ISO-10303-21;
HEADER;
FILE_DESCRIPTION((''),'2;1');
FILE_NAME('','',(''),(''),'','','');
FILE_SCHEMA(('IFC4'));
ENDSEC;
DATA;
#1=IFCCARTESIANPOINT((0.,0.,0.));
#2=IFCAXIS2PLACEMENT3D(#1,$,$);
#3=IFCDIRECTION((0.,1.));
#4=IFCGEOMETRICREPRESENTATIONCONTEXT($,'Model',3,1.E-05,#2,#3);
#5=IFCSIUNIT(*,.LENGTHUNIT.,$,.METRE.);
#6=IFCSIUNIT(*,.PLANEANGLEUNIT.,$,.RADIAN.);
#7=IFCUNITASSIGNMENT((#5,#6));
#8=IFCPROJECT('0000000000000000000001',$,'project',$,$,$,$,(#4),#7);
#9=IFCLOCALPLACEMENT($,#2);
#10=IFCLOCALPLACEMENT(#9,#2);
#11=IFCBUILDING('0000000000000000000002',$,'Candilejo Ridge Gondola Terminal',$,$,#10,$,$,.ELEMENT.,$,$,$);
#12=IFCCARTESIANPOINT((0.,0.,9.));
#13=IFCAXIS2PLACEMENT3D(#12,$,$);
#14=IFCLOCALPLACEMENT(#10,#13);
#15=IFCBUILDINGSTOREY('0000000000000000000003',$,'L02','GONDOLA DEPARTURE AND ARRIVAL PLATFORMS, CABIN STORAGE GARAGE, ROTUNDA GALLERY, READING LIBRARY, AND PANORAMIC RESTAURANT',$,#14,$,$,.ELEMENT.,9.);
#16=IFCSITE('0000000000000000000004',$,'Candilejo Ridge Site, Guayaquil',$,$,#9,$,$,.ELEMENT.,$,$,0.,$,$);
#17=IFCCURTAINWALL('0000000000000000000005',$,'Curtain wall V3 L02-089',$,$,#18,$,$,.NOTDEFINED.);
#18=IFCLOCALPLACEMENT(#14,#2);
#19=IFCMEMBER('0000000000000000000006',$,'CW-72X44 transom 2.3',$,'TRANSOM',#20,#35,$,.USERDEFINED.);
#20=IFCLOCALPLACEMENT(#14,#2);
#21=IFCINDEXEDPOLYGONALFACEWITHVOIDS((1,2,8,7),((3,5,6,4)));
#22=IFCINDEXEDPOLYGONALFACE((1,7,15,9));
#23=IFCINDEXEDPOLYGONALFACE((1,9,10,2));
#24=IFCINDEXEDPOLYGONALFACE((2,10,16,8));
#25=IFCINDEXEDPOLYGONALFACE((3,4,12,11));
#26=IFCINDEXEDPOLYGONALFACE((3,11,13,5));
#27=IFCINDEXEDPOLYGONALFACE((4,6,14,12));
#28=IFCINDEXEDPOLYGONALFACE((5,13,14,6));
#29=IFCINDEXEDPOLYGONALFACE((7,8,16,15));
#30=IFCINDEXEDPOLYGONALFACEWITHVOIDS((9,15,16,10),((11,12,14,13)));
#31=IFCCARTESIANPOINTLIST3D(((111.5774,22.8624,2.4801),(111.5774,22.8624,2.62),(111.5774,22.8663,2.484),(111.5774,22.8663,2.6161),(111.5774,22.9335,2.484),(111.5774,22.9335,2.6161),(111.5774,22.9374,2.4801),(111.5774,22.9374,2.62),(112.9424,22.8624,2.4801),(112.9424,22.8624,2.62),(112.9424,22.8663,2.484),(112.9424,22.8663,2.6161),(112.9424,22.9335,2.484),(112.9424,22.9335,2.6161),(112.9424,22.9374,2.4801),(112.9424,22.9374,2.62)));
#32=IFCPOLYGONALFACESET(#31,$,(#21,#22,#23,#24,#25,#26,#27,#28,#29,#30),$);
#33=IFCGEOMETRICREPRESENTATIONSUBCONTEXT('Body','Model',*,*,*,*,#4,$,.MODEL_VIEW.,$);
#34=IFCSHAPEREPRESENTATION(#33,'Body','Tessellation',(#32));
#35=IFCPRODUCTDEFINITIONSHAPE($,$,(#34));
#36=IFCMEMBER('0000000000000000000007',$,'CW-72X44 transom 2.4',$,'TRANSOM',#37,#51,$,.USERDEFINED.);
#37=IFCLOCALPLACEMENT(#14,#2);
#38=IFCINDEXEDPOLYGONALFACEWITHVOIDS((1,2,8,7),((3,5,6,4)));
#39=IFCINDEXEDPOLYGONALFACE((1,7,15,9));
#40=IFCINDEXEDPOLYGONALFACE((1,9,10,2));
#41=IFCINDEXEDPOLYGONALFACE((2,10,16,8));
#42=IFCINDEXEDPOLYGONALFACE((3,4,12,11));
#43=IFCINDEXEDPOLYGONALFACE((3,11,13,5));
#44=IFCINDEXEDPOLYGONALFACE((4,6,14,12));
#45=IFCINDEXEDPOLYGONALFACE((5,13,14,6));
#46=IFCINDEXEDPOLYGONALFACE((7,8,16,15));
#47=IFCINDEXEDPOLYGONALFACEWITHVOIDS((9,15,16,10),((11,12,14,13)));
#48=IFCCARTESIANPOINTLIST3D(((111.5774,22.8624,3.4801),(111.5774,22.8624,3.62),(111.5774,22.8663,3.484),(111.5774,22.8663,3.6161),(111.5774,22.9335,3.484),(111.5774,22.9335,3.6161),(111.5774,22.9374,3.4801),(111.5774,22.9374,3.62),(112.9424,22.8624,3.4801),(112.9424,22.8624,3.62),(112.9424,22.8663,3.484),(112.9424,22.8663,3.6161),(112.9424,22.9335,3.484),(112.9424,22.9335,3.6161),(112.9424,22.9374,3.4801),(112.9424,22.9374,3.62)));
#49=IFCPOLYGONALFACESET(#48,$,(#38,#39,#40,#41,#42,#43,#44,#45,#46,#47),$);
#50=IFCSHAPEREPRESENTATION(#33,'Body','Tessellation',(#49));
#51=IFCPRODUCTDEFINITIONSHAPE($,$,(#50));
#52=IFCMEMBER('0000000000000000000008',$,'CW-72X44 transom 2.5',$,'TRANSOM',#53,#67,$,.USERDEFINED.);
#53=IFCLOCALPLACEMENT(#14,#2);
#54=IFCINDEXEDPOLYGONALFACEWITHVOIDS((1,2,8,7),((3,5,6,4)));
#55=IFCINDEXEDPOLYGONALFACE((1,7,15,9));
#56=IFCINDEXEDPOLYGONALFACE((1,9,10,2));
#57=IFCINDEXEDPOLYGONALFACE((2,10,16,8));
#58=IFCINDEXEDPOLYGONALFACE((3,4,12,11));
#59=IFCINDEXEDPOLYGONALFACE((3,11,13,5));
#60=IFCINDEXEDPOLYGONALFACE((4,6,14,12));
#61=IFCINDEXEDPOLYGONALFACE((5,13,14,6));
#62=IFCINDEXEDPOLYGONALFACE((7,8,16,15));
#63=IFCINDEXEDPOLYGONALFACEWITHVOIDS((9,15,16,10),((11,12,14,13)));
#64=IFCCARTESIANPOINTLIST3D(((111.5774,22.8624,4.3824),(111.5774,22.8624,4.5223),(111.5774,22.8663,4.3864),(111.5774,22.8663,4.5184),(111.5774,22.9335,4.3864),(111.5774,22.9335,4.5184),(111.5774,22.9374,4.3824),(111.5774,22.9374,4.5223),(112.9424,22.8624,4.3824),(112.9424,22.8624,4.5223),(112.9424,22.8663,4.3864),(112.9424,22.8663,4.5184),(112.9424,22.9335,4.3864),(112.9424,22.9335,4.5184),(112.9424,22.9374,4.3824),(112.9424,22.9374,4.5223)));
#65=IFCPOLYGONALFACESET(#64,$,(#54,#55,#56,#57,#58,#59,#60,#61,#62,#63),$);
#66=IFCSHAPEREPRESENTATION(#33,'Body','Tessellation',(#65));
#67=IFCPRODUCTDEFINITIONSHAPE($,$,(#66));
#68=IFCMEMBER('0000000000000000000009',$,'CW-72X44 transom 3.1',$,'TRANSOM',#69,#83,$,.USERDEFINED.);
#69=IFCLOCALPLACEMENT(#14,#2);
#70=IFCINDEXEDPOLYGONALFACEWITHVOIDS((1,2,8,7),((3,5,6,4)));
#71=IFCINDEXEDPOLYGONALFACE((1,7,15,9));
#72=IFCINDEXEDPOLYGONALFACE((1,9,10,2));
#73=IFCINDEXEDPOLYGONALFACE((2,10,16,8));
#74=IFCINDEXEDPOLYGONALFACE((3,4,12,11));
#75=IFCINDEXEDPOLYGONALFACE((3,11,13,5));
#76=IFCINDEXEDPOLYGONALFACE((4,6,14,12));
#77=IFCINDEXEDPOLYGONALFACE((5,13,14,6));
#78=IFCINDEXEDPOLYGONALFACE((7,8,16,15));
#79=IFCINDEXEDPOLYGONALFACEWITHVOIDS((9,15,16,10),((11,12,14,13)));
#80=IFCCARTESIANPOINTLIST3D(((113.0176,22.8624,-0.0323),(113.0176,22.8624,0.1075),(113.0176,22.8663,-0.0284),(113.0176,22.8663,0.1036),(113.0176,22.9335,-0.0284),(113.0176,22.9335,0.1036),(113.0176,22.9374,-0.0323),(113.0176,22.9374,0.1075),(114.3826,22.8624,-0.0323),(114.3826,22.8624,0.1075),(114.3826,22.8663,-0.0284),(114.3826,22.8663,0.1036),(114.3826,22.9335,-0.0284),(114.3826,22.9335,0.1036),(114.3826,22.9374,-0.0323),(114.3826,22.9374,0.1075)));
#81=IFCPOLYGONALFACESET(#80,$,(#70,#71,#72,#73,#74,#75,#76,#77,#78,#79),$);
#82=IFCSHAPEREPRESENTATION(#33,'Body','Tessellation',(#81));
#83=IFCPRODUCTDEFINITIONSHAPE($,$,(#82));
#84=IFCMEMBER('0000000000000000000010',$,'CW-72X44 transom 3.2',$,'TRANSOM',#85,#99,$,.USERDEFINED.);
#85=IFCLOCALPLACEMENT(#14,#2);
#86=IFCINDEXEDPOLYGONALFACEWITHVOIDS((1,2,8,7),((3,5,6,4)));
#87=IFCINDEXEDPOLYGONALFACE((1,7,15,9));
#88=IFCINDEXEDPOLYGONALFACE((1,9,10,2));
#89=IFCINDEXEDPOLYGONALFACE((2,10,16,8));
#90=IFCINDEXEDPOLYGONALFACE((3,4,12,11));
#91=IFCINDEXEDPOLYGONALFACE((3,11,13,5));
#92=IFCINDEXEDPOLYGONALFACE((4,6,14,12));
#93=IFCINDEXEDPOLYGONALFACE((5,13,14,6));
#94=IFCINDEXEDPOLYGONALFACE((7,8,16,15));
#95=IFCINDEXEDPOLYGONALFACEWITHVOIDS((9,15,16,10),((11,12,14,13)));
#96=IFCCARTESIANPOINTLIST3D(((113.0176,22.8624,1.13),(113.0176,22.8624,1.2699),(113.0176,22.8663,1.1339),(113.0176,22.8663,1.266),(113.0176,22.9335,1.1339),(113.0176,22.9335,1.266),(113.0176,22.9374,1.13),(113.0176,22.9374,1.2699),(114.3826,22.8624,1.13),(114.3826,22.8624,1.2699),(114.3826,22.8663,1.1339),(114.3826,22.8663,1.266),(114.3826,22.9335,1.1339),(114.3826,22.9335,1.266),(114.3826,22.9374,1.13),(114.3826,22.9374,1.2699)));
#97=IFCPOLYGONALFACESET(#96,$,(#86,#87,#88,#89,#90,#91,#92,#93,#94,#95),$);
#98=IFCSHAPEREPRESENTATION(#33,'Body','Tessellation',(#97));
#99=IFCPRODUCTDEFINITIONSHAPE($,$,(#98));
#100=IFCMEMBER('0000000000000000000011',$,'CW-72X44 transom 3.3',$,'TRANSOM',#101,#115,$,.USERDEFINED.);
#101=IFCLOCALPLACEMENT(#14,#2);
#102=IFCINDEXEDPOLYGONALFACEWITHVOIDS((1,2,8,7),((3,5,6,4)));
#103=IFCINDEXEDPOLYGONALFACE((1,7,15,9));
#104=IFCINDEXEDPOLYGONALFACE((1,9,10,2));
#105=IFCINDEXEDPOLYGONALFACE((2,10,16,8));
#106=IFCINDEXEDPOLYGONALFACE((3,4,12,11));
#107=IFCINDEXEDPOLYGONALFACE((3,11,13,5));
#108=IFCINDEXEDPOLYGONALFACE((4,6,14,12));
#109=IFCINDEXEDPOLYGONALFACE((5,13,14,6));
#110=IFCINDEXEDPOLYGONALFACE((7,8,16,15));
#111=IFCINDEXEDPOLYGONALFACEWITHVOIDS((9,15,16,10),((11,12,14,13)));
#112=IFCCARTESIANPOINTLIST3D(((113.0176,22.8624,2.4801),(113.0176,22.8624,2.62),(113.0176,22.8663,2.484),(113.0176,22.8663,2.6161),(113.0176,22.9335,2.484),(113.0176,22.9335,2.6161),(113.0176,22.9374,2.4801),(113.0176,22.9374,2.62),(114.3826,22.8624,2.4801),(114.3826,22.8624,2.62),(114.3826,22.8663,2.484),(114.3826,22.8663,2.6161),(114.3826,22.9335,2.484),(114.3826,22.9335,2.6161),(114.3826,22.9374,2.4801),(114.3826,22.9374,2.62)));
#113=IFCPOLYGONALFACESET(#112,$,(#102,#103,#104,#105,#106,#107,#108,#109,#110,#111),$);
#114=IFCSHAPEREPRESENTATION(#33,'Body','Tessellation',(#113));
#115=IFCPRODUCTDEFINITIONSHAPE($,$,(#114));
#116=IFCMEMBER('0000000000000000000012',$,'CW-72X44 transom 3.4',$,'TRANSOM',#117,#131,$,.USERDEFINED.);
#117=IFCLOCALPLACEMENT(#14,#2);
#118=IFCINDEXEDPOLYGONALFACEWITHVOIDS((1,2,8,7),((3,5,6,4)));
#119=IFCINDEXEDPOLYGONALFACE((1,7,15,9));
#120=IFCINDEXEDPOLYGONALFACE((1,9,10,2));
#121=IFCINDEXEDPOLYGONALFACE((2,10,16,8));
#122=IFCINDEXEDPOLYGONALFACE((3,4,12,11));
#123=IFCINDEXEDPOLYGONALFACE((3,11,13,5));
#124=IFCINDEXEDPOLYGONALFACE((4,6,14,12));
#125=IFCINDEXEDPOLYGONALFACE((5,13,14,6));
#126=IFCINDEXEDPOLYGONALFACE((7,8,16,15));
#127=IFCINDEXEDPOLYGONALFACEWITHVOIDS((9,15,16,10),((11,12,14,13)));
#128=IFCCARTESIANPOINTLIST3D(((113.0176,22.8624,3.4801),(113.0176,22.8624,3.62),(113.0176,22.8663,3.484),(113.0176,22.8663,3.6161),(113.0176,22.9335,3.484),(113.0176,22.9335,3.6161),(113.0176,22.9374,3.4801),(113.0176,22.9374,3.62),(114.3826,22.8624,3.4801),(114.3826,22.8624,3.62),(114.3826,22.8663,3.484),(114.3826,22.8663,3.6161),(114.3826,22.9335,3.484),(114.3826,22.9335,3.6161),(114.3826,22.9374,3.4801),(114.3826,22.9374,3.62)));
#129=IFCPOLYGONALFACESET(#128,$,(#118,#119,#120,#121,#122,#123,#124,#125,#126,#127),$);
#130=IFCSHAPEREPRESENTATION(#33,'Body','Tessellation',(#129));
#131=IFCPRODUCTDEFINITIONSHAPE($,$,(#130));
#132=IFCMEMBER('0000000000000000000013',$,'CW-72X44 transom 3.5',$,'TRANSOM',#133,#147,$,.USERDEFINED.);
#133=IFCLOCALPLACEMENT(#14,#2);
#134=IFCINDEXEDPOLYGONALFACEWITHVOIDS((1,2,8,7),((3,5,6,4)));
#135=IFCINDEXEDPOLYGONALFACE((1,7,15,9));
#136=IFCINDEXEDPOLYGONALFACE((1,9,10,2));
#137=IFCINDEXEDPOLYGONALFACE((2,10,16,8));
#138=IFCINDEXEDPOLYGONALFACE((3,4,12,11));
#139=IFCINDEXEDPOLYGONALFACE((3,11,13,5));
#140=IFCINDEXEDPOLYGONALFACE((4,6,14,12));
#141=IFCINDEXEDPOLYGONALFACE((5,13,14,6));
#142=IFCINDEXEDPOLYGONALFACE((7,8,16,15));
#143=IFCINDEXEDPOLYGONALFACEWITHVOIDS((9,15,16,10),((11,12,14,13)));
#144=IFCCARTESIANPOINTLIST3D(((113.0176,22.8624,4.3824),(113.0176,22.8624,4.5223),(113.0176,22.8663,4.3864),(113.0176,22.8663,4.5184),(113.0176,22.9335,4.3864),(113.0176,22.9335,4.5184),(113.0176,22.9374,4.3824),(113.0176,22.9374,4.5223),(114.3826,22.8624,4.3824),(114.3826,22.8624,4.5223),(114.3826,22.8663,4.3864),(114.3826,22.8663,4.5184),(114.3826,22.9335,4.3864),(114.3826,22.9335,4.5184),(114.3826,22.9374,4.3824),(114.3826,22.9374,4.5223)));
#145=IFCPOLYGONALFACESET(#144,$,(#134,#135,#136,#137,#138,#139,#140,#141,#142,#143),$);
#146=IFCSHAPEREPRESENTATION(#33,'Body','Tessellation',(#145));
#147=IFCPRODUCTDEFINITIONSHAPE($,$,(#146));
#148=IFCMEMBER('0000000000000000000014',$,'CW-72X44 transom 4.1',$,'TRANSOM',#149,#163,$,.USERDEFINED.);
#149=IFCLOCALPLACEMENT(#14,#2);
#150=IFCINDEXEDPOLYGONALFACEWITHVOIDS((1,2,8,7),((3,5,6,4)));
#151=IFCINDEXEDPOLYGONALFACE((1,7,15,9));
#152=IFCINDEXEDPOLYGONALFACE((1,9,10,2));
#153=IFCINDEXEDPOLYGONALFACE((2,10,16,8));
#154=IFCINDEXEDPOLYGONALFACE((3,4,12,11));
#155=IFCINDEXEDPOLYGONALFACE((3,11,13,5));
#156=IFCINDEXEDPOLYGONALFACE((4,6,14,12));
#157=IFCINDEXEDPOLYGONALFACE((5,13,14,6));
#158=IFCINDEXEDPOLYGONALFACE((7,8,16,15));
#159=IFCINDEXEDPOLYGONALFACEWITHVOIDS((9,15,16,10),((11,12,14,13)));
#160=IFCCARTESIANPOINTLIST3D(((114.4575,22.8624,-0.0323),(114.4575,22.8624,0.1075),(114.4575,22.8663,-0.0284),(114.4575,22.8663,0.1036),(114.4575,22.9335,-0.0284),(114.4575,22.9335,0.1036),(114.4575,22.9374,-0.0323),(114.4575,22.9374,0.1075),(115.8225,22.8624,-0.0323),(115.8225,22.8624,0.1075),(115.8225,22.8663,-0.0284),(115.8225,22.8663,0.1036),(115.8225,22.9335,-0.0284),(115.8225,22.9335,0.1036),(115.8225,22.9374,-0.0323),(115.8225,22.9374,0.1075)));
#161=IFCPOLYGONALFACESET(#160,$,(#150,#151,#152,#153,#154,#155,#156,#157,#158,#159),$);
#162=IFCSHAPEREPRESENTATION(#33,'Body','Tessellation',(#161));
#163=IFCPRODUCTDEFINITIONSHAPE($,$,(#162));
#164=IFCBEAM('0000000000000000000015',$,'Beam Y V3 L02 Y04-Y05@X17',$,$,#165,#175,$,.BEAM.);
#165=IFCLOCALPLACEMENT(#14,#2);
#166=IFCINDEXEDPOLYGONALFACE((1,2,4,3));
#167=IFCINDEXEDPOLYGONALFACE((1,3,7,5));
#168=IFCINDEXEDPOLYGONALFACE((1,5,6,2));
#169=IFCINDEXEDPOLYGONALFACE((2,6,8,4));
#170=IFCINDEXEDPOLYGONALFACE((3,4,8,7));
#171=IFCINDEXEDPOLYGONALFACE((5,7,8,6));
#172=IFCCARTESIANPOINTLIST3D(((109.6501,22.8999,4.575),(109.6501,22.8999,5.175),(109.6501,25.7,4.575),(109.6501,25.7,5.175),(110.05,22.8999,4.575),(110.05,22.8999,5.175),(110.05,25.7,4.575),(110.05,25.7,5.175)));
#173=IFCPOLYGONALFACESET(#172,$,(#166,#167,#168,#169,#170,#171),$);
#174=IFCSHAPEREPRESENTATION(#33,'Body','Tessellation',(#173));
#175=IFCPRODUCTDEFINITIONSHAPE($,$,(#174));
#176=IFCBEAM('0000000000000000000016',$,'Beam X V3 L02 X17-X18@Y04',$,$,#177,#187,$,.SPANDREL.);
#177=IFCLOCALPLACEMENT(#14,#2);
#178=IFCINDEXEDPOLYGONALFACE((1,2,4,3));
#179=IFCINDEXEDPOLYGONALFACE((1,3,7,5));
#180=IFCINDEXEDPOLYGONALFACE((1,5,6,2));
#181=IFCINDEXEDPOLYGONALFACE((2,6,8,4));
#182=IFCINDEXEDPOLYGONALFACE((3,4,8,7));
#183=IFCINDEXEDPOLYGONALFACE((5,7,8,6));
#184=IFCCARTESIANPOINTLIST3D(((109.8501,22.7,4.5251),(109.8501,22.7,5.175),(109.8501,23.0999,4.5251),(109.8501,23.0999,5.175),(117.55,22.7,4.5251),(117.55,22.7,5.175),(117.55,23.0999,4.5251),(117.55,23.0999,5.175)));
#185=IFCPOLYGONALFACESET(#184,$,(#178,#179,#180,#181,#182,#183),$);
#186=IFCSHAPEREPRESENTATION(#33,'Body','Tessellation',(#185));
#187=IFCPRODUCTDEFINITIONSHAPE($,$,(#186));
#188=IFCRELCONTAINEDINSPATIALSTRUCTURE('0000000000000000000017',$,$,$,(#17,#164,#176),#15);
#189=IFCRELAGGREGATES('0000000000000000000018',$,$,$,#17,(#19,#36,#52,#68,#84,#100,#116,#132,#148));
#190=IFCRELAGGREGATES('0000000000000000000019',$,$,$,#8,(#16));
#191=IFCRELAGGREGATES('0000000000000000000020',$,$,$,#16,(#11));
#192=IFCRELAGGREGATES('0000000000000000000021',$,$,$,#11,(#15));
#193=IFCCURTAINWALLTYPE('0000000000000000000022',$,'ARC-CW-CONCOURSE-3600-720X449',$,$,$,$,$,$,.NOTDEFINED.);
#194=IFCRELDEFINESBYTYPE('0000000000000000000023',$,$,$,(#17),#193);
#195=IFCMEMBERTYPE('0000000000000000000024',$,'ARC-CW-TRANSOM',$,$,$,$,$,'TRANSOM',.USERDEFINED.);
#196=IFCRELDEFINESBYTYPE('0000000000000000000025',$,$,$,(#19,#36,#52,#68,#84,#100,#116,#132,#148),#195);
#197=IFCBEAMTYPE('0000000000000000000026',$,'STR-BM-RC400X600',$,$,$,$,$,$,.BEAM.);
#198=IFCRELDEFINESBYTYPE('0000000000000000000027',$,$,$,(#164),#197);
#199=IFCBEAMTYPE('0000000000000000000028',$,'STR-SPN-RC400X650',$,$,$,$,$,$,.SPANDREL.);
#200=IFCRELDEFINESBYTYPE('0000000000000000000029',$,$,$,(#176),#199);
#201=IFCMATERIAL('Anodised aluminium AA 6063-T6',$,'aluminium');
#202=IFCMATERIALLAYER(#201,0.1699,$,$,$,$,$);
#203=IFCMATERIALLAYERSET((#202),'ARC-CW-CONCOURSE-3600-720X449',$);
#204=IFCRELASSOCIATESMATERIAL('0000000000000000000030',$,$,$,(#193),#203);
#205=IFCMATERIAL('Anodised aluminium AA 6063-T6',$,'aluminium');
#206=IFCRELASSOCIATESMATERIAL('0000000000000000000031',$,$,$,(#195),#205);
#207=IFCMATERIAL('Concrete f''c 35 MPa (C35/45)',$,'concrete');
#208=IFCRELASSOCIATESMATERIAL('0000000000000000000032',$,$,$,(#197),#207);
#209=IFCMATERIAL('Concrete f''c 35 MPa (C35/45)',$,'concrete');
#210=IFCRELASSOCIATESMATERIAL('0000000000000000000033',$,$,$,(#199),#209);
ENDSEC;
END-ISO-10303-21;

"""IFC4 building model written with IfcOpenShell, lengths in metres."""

from ifc_helpers import new_model, si_unit, direction, frame, origin, origin_2d, place, context, subcontext, project, spatial, rectangle, hollow_rectangle, extrude, material, layer, layer_set, material_profile, profile_set, type_object, element, aggregate, save


model = new_model("IFC4")

# Units and contexts
model_context = context("Model", 3, precision=1e-05, world=origin(), true_north=direction((0.0, 1.0)))
body_context = subcontext(model_context, "Body", "Model", "MODEL_VIEW")
ifc_project = project(units=[si_unit("LENGTHUNIT", "METRE"), si_unit("PLANEANGLEUNIT", "RADIAN")], contexts=[model_context])

# Site, building, storey
site_placement = place(None, origin())
site = spatial("IfcSite", under=ifc_project, at=site_placement, Name="Candilejo Ridge Site, Guayaquil", CompositionType="ELEMENT", RefElevation=0.0)
building_placement = place(site_placement, origin())
building = spatial("IfcBuilding", under=site, at=building_placement, Name="Candilejo Ridge Gondola Terminal", CompositionType="ELEMENT")
storey_placement = place(building_placement, frame((0.0, 0.0, 9.0)))
storey = spatial("IfcBuildingStorey", under=building, at=storey_placement, Name="L02", Description="GONDOLA DEPARTURE AND ARRIVAL PLATFORMS, CABIN STORAGE GARAGE, ROTUNDA GALLERY, READING LIBRARY, AND PANORAMIC RESTAURANT", CompositionType="ELEMENT", Elevation=9.0)

# Curtain wall, members
ifc_material_1 = material(Name="Anodised aluminium AA 6063-T6", Category="aluminium")
ifc_layer_1 = layer(ifc_material_1, 0.1699)
ifc_layer_set_1 = layer_set([ifc_layer_1], Name="ARC-CW-CONCOURSE-3600-720X449")
curtain_wall_type = type_object("IfcCurtainWallType", Name="ARC-CW-CONCOURSE-3600-720X449", PredefinedType="NOTDEFINED", material=ifc_layer_set_1)
curtain_wall_placement = place(storey_placement, origin())
curtain_wall = element("IfcCurtainWall", 1, at=curtain_wall_placement, inside=storey, type_object=curtain_wall_type, Name="Curtain wall V3 L02-089", PredefinedType="NOTDEFINED")
ifc_material_2 = material(Name="Anodised aluminium AA 6063-T6", Category="aluminium")
ifc_material_profile_1 = material_profile(ifc_material_2, hollow_rectangle(XDim=0.075, YDim=0.1399, WallThickness=0.0039, at=origin_2d()))
ifc_profile_set_1 = profile_set([ifc_material_profile_1], Name="Anodised aluminium AA 6063-T6")
member_type_1 = type_object("IfcMemberType", Name="ARC-CW-TRANSOM", ElementType="TRANSOM", PredefinedType="USERDEFINED", material=ifc_profile_set_1)
member_1_placement = place(storey_placement, frame((111.5774, 22.8999, 2.55), z_axis=(1.0, 0.0, 0.0), x_axis=(0.0, 1.0, 0.0)))
member_1 = element("IfcMember", 2, at=member_1_placement, type_object=member_type_1, Name="CW-72X44 transom 2.3", ObjectType="TRANSOM", PredefinedType="USERDEFINED", context=body_context, shape_type="SweptSolid", body=[
    extrude(hollow_rectangle(XDim=0.075, YDim=0.1399, WallThickness=0.0039, at=origin_2d()), origin(), (0.0, 0.0, 1.0), 1.365),
])
member_2_placement = place(storey_placement, frame((111.5774, 22.8999, 3.55), z_axis=(1.0, 0.0, 0.0), x_axis=(0.0, 1.0, 0.0)))
member_2 = element("IfcMember", 3, at=member_2_placement, type_object=member_type_1, Name="CW-72X44 transom 2.4", ObjectType="TRANSOM", PredefinedType="USERDEFINED", context=body_context, shape_type="SweptSolid", body=[
    extrude(hollow_rectangle(XDim=0.075, YDim=0.1399, WallThickness=0.0039, at=origin_2d()), origin(), (0.0, 0.0, 1.0), 1.365),
])
member_3_placement = place(storey_placement, frame((111.5774, 22.8999, 4.4524), z_axis=(1.0, 0.0, 0.0), x_axis=(0.0, 1.0, 0.0)))
member_3 = element("IfcMember", 4, at=member_3_placement, type_object=member_type_1, Name="CW-72X44 transom 2.5", ObjectType="TRANSOM", PredefinedType="USERDEFINED", context=body_context, shape_type="SweptSolid", body=[
    extrude(hollow_rectangle(XDim=0.075, YDim=0.1399, WallThickness=0.0039, at=origin_2d()), origin(), (0.0, 0.0, 1.0), 1.365),
])
member_4_placement = place(storey_placement, frame((113.0176, 22.8999, 0.0376), z_axis=(1.0, 0.0, 0.0), x_axis=(0.0, 1.0, 0.0)))
member_4 = element("IfcMember", 5, at=member_4_placement, type_object=member_type_1, Name="CW-72X44 transom 3.1", ObjectType="TRANSOM", PredefinedType="USERDEFINED", context=body_context, shape_type="SweptSolid", body=[
    extrude(hollow_rectangle(XDim=0.075, YDim=0.1399, WallThickness=0.0039, at=origin_2d()), origin(), (0.0, 0.0, 1.0), 1.365),
])
member_5_placement = place(storey_placement, frame((113.0176, 22.8999, 1.2), z_axis=(1.0, 0.0, 0.0), x_axis=(0.0, 1.0, 0.0)))
member_5 = element("IfcMember", 6, at=member_5_placement, type_object=member_type_1, Name="CW-72X44 transom 3.2", ObjectType="TRANSOM", PredefinedType="USERDEFINED", context=body_context, shape_type="SweptSolid", body=[
    extrude(hollow_rectangle(XDim=0.075, YDim=0.1399, WallThickness=0.0039, at=origin_2d()), origin(), (0.0, 0.0, 1.0), 1.365),
])
member_6_placement = place(storey_placement, frame((113.0176, 22.8999, 2.55), z_axis=(1.0, 0.0, 0.0), x_axis=(0.0, 1.0, 0.0)))
member_6 = element("IfcMember", 7, at=member_6_placement, type_object=member_type_1, Name="CW-72X44 transom 3.3", ObjectType="TRANSOM", PredefinedType="USERDEFINED", context=body_context, shape_type="SweptSolid", body=[
    extrude(hollow_rectangle(XDim=0.075, YDim=0.1399, WallThickness=0.0039, at=origin_2d()), origin(), (0.0, 0.0, 1.0), 1.365),
])
member_7_placement = place(storey_placement, frame((113.0176, 22.8999, 3.55), z_axis=(1.0, 0.0, 0.0), x_axis=(0.0, 1.0, 0.0)))
member_7 = element("IfcMember", 8, at=member_7_placement, type_object=member_type_1, Name="CW-72X44 transom 3.4", ObjectType="TRANSOM", PredefinedType="USERDEFINED", context=body_context, shape_type="SweptSolid", body=[
    extrude(hollow_rectangle(XDim=0.075, YDim=0.1399, WallThickness=0.0039, at=origin_2d()), origin(), (0.0, 0.0, 1.0), 1.365),
])
member_8_placement = place(storey_placement, frame((113.0176, 22.8999, 4.4524), z_axis=(1.0, 0.0, 0.0), x_axis=(0.0, 1.0, 0.0)))
member_8 = element("IfcMember", 9, at=member_8_placement, type_object=member_type_1, Name="CW-72X44 transom 3.5", ObjectType="TRANSOM", PredefinedType="USERDEFINED", context=body_context, shape_type="SweptSolid", body=[
    extrude(hollow_rectangle(XDim=0.075, YDim=0.1399, WallThickness=0.0039, at=origin_2d()), origin(), (0.0, 0.0, 1.0), 1.365),
])
member_9_placement = place(storey_placement, frame((114.4575, 22.8999, 0.0376), z_axis=(1.0, 0.0, 0.0), x_axis=(0.0, 1.0, 0.0)))
member_9 = element("IfcMember", 10, at=member_9_placement, type_object=member_type_1, Name="CW-72X44 transom 4.1", ObjectType="TRANSOM", PredefinedType="USERDEFINED", context=body_context, shape_type="SweptSolid", body=[
    extrude(hollow_rectangle(XDim=0.075, YDim=0.1399, WallThickness=0.0039, at=origin_2d()), origin(), (0.0, 0.0, 1.0), 1.365),
])

# Beams
ifc_material_3 = material(Name="Concrete f'c 35 MPa (C35/45)", Category="concrete")
ifc_material_profile_2 = material_profile(ifc_material_3, rectangle(XDim=0.3999, YDim=0.6001, at=origin_2d()))
ifc_profile_set_2 = profile_set([ifc_material_profile_2], Name="Concrete f'c 35 MPa (C35/45)")
beam_type_1 = type_object("IfcBeamType", Name="STR-BM-RC400X600", PredefinedType="BEAM", material=ifc_profile_set_2)
beam_1_placement = place(storey_placement, frame((109.8501, 22.8999, 4.875), z_axis=(0.0, 1.0, 0.0), x_axis=(-1.0, 0.0, 0.0)))
element("IfcBeam", 11, at=beam_1_placement, inside=storey, type_object=beam_type_1, Name="Beam Y V3 L02 Y04-Y05@X17", PredefinedType="BEAM", context=body_context, shape_type="SweptSolid", body=[
    extrude(rectangle(XDim=0.3999, YDim=0.6001, at=origin_2d()), origin(), (0.0, 0.0, 1.0), 2.8),
])
ifc_material_4 = material(Name="Concrete f'c 35 MPa (C35/45)", Category="concrete")
ifc_material_profile_3 = material_profile(ifc_material_4, rectangle(XDim=0.3999, YDim=0.6499, at=origin_2d()))
ifc_profile_set_3 = profile_set([ifc_material_profile_3], Name="Concrete f'c 35 MPa (C35/45)")
beam_type_2 = type_object("IfcBeamType", Name="STR-SPN-RC400X650", PredefinedType="SPANDREL", material=ifc_profile_set_3)
beam_2_placement = place(storey_placement, frame((109.8501, 22.8999, 4.8501), z_axis=(1.0, 0.0, 0.0), x_axis=(0.0, 1.0, 0.0)))
element("IfcBeam", 12, at=beam_2_placement, inside=storey, type_object=beam_type_2, Name="Beam X V3 L02 X17-X18@Y04", PredefinedType="SPANDREL", context=body_context, shape_type="SweptSolid", body=[
    extrude(rectangle(XDim=0.3999, YDim=0.6499, at=origin_2d()), origin(), (0.0, 0.0, 1.0), 7.7),
])

aggregate(curtain_wall, [member_1, member_2, member_3, member_4, member_5, member_6, member_7, member_8, member_9])

save(model, "model.ifc")
